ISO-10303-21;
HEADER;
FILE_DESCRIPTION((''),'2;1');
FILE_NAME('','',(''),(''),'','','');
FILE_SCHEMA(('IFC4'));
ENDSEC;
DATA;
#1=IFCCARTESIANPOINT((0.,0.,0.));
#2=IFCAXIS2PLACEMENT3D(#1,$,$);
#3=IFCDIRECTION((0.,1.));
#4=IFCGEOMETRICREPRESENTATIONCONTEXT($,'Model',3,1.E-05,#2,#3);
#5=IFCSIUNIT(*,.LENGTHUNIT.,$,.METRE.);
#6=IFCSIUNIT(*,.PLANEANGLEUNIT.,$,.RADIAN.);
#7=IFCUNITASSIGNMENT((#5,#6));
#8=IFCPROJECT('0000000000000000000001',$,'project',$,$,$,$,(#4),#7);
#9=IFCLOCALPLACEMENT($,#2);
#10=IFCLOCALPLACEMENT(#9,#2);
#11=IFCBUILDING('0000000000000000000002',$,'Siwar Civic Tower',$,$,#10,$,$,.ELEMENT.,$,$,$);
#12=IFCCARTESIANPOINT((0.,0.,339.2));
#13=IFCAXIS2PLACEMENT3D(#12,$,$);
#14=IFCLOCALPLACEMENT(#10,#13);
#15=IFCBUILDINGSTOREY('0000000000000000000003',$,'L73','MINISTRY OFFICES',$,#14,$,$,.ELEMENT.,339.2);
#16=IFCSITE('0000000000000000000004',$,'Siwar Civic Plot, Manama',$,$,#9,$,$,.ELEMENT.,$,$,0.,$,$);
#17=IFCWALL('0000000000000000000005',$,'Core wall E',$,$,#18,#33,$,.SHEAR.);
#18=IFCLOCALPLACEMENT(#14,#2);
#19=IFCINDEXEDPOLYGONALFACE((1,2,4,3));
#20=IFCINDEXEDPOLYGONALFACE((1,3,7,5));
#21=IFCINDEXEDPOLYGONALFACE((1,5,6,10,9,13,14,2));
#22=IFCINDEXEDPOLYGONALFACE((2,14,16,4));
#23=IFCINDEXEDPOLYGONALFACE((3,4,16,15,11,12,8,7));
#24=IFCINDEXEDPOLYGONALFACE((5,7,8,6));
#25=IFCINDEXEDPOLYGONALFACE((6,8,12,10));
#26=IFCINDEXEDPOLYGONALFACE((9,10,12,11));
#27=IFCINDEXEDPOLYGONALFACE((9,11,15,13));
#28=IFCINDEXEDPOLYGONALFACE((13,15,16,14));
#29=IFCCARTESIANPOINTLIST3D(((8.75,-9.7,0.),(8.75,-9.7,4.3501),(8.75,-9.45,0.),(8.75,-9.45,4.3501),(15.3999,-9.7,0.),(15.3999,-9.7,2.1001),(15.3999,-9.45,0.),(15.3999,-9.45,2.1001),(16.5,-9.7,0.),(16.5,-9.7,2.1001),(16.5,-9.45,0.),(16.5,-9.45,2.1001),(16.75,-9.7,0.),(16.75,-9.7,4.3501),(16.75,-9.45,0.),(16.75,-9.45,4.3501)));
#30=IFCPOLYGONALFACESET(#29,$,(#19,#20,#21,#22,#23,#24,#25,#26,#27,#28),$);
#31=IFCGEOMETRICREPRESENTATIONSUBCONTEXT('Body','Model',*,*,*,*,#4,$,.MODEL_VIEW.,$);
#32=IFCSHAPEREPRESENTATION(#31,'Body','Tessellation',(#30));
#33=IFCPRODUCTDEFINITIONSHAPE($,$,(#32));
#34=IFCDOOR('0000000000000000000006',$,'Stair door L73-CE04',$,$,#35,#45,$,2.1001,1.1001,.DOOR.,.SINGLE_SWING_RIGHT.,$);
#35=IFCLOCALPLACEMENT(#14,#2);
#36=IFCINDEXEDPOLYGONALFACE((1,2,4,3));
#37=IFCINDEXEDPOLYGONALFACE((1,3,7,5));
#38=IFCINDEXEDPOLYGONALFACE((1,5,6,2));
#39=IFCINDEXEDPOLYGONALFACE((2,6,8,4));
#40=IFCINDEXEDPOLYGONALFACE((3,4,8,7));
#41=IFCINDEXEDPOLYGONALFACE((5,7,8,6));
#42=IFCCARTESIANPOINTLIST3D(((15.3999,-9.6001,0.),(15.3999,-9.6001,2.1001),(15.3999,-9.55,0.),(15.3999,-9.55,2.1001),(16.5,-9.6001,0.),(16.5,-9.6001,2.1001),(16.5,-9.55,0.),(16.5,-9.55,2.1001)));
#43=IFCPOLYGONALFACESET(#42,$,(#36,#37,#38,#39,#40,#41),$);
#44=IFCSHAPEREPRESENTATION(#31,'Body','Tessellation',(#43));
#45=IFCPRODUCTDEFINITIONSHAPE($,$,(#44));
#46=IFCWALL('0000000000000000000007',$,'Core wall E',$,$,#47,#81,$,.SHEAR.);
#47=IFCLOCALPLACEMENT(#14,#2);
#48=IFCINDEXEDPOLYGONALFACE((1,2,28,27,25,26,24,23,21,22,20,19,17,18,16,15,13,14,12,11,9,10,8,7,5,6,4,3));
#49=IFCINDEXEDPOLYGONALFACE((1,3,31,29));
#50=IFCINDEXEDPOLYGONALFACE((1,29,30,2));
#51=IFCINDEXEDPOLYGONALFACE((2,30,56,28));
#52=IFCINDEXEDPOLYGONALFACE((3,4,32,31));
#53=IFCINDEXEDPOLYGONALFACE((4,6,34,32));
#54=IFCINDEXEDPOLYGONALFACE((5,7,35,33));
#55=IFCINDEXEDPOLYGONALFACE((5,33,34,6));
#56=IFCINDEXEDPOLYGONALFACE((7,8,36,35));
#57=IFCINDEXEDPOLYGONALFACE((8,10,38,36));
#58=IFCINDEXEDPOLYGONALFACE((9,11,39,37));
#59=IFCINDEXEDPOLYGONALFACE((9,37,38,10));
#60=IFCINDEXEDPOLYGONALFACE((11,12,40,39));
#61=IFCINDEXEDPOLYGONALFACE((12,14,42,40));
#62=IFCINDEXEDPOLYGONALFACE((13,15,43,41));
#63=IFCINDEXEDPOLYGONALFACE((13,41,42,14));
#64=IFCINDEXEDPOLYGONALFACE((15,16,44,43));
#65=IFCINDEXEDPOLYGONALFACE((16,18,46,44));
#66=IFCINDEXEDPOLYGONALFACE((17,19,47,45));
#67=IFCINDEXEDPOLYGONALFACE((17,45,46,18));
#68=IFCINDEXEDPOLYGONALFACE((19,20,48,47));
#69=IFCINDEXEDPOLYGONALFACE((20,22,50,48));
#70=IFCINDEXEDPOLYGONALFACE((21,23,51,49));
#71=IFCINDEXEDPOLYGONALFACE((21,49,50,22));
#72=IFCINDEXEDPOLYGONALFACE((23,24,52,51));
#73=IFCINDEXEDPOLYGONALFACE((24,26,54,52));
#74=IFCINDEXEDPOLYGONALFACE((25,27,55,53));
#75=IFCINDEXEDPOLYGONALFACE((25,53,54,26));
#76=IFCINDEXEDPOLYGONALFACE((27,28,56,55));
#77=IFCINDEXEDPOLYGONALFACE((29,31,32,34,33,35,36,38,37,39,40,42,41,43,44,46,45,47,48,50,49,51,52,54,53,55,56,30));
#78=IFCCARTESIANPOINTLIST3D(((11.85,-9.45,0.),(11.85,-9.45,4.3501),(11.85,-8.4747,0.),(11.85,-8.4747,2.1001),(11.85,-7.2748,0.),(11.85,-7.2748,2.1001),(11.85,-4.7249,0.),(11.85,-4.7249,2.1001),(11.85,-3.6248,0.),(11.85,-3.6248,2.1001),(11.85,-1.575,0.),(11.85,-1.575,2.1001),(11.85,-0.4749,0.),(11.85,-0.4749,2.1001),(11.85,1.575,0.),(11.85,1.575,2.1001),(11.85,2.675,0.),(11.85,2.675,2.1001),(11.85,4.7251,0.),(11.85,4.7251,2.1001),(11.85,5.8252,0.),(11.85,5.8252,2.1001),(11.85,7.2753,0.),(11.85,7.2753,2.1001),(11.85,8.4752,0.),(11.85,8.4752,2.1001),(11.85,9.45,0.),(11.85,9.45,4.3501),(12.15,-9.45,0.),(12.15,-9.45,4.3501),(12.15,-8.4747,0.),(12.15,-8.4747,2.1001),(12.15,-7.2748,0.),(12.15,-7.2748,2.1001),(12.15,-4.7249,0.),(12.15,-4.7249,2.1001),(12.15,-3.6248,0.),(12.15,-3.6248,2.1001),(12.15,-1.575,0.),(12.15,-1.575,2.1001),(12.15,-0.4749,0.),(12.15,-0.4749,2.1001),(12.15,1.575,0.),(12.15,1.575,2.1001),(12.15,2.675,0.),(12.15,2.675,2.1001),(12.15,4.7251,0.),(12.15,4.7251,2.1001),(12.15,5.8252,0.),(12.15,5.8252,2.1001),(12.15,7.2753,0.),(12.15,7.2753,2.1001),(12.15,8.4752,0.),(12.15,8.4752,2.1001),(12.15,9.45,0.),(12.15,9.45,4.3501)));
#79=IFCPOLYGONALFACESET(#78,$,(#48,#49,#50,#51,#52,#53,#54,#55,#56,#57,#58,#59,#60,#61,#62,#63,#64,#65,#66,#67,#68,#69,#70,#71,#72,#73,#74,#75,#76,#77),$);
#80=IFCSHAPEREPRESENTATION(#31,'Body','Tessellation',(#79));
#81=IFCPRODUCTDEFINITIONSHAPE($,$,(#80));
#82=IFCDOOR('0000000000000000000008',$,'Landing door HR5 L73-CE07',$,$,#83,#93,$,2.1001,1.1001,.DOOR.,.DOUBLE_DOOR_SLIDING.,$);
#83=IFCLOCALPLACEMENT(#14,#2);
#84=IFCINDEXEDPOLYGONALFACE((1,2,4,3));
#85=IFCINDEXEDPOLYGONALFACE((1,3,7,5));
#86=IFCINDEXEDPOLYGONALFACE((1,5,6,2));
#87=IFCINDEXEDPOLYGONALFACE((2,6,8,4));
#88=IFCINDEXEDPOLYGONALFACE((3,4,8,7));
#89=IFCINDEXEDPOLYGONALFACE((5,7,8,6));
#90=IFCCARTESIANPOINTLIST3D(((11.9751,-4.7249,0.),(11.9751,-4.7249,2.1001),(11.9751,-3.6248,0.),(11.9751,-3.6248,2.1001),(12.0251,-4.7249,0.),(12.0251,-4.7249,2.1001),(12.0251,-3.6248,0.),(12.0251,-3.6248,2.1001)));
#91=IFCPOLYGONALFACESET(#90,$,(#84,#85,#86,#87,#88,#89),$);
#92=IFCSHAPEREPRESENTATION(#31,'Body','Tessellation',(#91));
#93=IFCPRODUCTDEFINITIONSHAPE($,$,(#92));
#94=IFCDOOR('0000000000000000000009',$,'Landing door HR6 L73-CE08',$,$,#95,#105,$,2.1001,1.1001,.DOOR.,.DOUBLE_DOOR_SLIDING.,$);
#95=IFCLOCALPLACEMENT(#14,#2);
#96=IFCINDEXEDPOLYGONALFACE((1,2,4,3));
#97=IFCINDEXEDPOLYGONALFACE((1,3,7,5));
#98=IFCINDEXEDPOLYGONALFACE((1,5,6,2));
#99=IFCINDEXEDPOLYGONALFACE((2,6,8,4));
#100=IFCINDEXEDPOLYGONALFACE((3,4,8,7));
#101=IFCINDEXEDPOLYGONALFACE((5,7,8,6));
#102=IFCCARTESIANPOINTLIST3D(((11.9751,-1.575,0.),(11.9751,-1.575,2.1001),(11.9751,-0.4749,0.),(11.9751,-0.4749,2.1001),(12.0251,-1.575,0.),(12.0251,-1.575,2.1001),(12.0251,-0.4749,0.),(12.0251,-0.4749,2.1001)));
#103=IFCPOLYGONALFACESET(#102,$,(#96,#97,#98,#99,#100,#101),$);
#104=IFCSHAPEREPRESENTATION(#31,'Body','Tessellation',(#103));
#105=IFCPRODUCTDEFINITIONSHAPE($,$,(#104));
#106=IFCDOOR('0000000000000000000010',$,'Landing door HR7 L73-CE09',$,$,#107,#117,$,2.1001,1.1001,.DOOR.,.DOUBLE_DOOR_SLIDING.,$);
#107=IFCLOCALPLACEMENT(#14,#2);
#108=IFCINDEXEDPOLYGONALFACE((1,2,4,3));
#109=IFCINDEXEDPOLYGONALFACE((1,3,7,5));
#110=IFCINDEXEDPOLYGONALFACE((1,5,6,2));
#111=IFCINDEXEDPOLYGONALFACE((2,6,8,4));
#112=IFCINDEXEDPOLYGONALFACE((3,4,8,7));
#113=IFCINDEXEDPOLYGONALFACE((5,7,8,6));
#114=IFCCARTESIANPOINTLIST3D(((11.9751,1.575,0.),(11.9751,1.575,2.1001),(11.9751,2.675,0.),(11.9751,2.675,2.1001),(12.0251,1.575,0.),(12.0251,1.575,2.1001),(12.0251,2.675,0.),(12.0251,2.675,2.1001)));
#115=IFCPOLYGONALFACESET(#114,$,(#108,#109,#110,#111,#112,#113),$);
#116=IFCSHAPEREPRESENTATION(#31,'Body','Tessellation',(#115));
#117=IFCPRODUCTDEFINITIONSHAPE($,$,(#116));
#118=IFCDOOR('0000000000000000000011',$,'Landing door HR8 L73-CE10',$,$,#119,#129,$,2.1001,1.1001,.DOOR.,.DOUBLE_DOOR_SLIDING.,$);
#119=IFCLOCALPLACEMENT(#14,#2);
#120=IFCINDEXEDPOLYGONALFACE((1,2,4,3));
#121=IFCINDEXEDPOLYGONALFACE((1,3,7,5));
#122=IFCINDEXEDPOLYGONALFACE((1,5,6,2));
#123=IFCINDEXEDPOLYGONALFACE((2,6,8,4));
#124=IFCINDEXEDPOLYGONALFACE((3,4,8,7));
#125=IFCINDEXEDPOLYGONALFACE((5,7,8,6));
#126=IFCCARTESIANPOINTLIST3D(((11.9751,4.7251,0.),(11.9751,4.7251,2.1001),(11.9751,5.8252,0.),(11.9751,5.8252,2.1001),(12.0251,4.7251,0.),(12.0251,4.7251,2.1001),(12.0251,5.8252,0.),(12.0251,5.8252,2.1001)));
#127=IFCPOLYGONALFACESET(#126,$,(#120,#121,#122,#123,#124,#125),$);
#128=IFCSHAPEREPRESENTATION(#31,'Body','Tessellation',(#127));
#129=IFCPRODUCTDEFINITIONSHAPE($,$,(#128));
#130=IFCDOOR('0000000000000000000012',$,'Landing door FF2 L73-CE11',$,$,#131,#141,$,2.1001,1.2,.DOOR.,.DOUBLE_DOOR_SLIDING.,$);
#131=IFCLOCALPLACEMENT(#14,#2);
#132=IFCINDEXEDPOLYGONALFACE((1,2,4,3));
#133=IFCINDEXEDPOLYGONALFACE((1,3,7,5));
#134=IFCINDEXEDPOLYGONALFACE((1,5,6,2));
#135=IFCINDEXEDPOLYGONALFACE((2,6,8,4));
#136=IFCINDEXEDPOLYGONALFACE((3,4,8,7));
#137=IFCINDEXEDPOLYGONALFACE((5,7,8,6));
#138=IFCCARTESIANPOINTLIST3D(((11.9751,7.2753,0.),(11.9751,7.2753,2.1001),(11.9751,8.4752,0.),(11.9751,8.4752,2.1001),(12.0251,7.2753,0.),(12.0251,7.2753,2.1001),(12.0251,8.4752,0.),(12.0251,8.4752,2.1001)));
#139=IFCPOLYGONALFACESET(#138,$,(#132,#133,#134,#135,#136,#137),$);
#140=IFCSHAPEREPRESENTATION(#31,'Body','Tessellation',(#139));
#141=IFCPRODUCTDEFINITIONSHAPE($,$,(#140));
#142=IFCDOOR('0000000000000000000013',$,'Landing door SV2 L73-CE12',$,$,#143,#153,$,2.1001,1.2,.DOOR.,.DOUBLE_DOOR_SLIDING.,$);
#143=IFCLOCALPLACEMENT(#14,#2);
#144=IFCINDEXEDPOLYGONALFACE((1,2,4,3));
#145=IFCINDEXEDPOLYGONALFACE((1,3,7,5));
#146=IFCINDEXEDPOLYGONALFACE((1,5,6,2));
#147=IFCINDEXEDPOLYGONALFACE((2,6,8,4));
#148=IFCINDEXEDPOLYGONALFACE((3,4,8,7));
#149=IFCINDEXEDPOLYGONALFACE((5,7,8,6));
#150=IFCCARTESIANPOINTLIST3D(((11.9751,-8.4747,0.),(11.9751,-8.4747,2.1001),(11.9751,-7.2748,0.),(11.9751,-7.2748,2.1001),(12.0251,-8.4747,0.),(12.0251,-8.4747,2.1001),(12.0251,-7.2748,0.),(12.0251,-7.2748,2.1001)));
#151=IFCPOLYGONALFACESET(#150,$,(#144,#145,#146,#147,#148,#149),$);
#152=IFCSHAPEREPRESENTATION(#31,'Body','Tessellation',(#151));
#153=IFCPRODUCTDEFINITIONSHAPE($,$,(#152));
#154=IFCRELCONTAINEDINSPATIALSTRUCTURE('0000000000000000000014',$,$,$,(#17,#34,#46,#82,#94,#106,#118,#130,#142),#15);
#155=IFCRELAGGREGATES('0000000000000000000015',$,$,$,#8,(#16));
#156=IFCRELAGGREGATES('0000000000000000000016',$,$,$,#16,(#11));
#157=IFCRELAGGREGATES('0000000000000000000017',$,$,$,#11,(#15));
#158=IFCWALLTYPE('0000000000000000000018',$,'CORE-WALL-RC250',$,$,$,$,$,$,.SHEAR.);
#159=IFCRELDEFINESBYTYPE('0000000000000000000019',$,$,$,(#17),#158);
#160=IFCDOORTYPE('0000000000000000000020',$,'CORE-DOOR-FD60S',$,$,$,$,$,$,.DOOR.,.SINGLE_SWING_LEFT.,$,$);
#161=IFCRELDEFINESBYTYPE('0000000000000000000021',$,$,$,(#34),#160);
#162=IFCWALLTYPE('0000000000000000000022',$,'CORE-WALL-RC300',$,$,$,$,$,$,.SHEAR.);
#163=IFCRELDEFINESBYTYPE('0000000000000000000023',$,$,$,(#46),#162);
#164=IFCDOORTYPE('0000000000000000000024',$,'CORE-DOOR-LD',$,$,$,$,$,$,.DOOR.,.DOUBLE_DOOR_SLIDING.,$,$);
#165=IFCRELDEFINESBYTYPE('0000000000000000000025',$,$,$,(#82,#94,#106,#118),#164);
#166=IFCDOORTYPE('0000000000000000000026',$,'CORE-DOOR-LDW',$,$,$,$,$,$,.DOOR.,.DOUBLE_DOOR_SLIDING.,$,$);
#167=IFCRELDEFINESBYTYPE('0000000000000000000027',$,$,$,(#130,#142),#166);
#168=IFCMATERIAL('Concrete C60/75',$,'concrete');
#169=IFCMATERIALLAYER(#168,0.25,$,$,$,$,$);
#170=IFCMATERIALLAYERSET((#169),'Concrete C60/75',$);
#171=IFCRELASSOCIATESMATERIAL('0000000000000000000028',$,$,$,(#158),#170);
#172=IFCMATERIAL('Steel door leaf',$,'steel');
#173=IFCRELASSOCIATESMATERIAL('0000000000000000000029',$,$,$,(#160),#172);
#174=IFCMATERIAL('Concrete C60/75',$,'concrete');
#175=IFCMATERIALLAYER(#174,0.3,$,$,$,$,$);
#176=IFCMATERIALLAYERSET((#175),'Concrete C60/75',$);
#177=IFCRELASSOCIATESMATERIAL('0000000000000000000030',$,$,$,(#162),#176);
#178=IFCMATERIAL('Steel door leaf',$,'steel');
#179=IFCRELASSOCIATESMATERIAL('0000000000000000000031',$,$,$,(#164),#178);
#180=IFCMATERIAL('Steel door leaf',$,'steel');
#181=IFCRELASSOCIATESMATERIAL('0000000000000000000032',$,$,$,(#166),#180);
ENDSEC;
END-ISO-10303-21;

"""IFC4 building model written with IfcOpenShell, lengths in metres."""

from ifc_helpers import new_model, si_unit, direction, frame, frame_2d, origin, place, context, subcontext, project, spatial, rectangle, extrude, material, layer, layer_set, type_object, element, fill, save


model = new_model("IFC4")

# Units and contexts
model_context = context("Model", 3, precision=1e-05, world=origin(), true_north=direction((0.0, 1.0)))
body_context = subcontext(model_context, "Body", "Model", "MODEL_VIEW")
ifc_project = project(units=[si_unit("LENGTHUNIT", "METRE"), si_unit("PLANEANGLEUNIT", "RADIAN")], contexts=[model_context])

# Site, building, storey
site_placement = place(None, origin())
site = spatial("IfcSite", under=ifc_project, at=site_placement, Name="Siwar Civic Plot, Manama", CompositionType="ELEMENT", RefElevation=0.0)
building_placement = place(site_placement, origin())
building = spatial("IfcBuilding", under=site, at=building_placement, Name="Siwar Civic Tower", CompositionType="ELEMENT")
storey_placement = place(building_placement, frame((0.0, 0.0, 339.2)))
storey = spatial("IfcBuildingStorey", under=building, at=storey_placement, Name="L73", Description="MINISTRY OFFICES", CompositionType="ELEMENT", Elevation=339.2)

# Shared definitions
ifc_material_1 = material(Name="Concrete C60/75", Category="concrete")
ifc_layer_1 = layer(ifc_material_1, 0.25)
ifc_layer_set_1 = layer_set([ifc_layer_1], Name="Concrete C60/75")
wall_type_1 = type_object("IfcWallType", Name="CORE-WALL-RC250", PredefinedType="SHEAR", material=ifc_layer_set_1)

# Wall, opening, door
wall_1_placement = place(storey_placement, frame((8.75, -9.575, 0.0), z_axis=(0.0, 0.0, 1.0), x_axis=(1.0, 0.0, 0.0)))
wall_1 = element("IfcWall", 1, at=wall_1_placement, inside=storey, type_object=wall_type_1, Name="Core wall E", PredefinedType="SHEAR", context=body_context, shape_type="SweptSolid", body=[
    extrude(rectangle(XDim=8.0, YDim=0.25, at=frame_2d((4.0, 0.0))), origin(), (0.0, 0.0, 1.0), 4.3501),
])
opening_1_placement = place(wall_1_placement, frame((6.6499, 0.0, 0.0)))
opening_1 = element("IfcOpeningElement", 2, at=opening_1_placement, cuts=wall_1, PredefinedType="OPENING", context=body_context, shape_type="SweptSolid", body=[
    extrude(rectangle(XDim=1.1001, YDim=2.1001, at=frame_2d((0.55, 1.05))), frame((0.0, 0.135, 0.0), z_axis=(0.0, -1.0, 0.0), x_axis=(1.0, 0.0, 0.0)), (0.0, 0.0, 1.0), 0.27),
])
ifc_material_2 = material(Name="Steel door leaf", Category="steel")
door_type_1 = type_object("IfcDoorType", Name="CORE-DOOR-FD60S", OperationType="SINGLE_SWING_LEFT", PredefinedType="DOOR", material=ifc_material_2)
door_1_placement = place(opening_1_placement, origin())
door_1 = element("IfcDoor", 3, at=door_1_placement, inside=storey, type_object=door_type_1, Name="Stair door L73-CE04", OperationType="SINGLE_SWING_RIGHT", OverallHeight=2.1001, OverallWidth=1.1001, PredefinedType="DOOR", context=body_context, shape_type="SweptSolid", body=[
    extrude(rectangle(XDim=1.1001, YDim=2.1001, at=frame_2d((0.55, 1.05))), frame((0.0, 0.0249, 0.0), z_axis=(0.0, -1.0, 0.0), x_axis=(1.0, 0.0, 0.0)), (0.0, 0.0, 1.0), 0.05),
])
fill(opening_1, door_1)

# Wall, openings, doors
ifc_material_3 = material(Name="Concrete C60/75", Category="concrete")
ifc_layer_2 = layer(ifc_material_3, 0.3)
ifc_layer_set_2 = layer_set([ifc_layer_2], Name="Concrete C60/75")
wall_type_2 = type_object("IfcWallType", Name="CORE-WALL-RC300", PredefinedType="SHEAR", material=ifc_layer_set_2)
wall_2_placement = place(storey_placement, frame((12.0, -9.45, 0.0), z_axis=(0.0, 0.0, 1.0), x_axis=(0.0, 1.0, 0.0)))
wall_2 = element("IfcWall", 4, at=wall_2_placement, inside=storey, type_object=wall_type_2, Name="Core wall E", PredefinedType="SHEAR", context=body_context, shape_type="SweptSolid", body=[
    extrude(rectangle(XDim=18.8999, YDim=0.3, at=frame_2d((9.45, 0.0))), origin(), (0.0, 0.0, 1.0), 4.3501),
])
opening_2_placement = place(wall_2_placement, frame((4.7251, 0.0, 0.0)))
opening_2 = element("IfcOpeningElement", 5, at=opening_2_placement, cuts=wall_2, PredefinedType="OPENING", context=body_context, shape_type="SweptSolid", body=[
    extrude(rectangle(XDim=1.1001, YDim=2.1001, at=frame_2d((0.55, 1.05))), frame((0.0, 0.1602, 0.0), z_axis=(0.0, -1.0, 0.0), x_axis=(1.0, 0.0, 0.0)), (0.0, 0.0, 1.0), 0.3201),
])
opening_3_placement = place(wall_2_placement, frame((7.875, 0.0, 0.0)))
opening_3 = element("IfcOpeningElement", 6, at=opening_3_placement, cuts=wall_2, PredefinedType="OPENING", context=body_context, shape_type="SweptSolid", body=[
    extrude(rectangle(XDim=1.1001, YDim=2.1001, at=frame_2d((0.55, 1.05))), frame((0.0, 0.1602, 0.0), z_axis=(0.0, -1.0, 0.0), x_axis=(1.0, 0.0, 0.0)), (0.0, 0.0, 1.0), 0.3201),
])
opening_4_placement = place(wall_2_placement, frame((11.0249, 0.0, 0.0)))
opening_4 = element("IfcOpeningElement", 7, at=opening_4_placement, cuts=wall_2, PredefinedType="OPENING", context=body_context, shape_type="SweptSolid", body=[
    extrude(rectangle(XDim=1.1001, YDim=2.1001, at=frame_2d((0.55, 1.05))), frame((0.0, 0.1602, 0.0), z_axis=(0.0, -1.0, 0.0), x_axis=(1.0, 0.0, 0.0)), (0.0, 0.0, 1.0), 0.3201),
])
opening_5_placement = place(wall_2_placement, frame((14.175, 0.0, 0.0)))
opening_5 = element("IfcOpeningElement", 8, at=opening_5_placement, cuts=wall_2, PredefinedType="OPENING", context=body_context, shape_type="SweptSolid", body=[
    extrude(rectangle(XDim=1.1001, YDim=2.1001, at=frame_2d((0.55, 1.05))), frame((0.0, 0.1602, 0.0), z_axis=(0.0, -1.0, 0.0), x_axis=(1.0, 0.0, 0.0)), (0.0, 0.0, 1.0), 0.3201),
])
opening_6_placement = place(wall_2_placement, frame((16.7251, 0.0, 0.0)))
opening_6 = element("IfcOpeningElement", 9, at=opening_6_placement, cuts=wall_2, PredefinedType="OPENING", context=body_context, shape_type="SweptSolid", body=[
    extrude(rectangle(XDim=1.2, YDim=2.1001, at=frame_2d((0.6001, 1.05))), frame((0.0, 0.1602, 0.0), z_axis=(0.0, -1.0, 0.0), x_axis=(1.0, 0.0, 0.0)), (0.0, 0.0, 1.0), 0.3201),
])
opening_7_placement = place(wall_2_placement, frame((0.9751, 0.0, 0.0)))
opening_7 = element("IfcOpeningElement", 10, at=opening_7_placement, cuts=wall_2, PredefinedType="OPENING", context=body_context, shape_type="SweptSolid", body=[
    extrude(rectangle(XDim=1.2, YDim=2.1001, at=frame_2d((0.6001, 1.05))), frame((0.0, 0.1602, 0.0), z_axis=(0.0, -1.0, 0.0), x_axis=(1.0, 0.0, 0.0)), (0.0, 0.0, 1.0), 0.3201),
])
ifc_material_4 = material(Name="Steel door leaf", Category="steel")
door_type_2 = type_object("IfcDoorType", Name="CORE-DOOR-LD", OperationType="DOUBLE_DOOR_SLIDING", PredefinedType="DOOR", material=ifc_material_4)
door_2_placement = place(opening_2_placement, origin())
door_2 = element("IfcDoor", 11, at=door_2_placement, inside=storey, type_object=door_type_2, Name="Landing door HR5 L73-CE07", OperationType="DOUBLE_DOOR_SLIDING", OverallHeight=2.1001, OverallWidth=1.1001, PredefinedType="DOOR", context=body_context, shape_type="SweptSolid", body=[
    extrude(rectangle(XDim=1.1001, YDim=2.1001, at=frame_2d((0.55, 1.05))), frame((0.0, 0.0249, 0.0), z_axis=(0.0, -1.0, 0.0), x_axis=(1.0, 0.0, 0.0)), (0.0, 0.0, 1.0), 0.05),
])
fill(opening_2, door_2)
door_3_placement = place(opening_3_placement, origin())
door_3 = element("IfcDoor", 12, at=door_3_placement, inside=storey, type_object=door_type_2, Name="Landing door HR6 L73-CE08", OperationType="DOUBLE_DOOR_SLIDING", OverallHeight=2.1001, OverallWidth=1.1001, PredefinedType="DOOR", context=body_context, shape_type="SweptSolid", body=[
    extrude(rectangle(XDim=1.1001, YDim=2.1001, at=frame_2d((0.55, 1.05))), frame((0.0, 0.0249, 0.0), z_axis=(0.0, -1.0, 0.0), x_axis=(1.0, 0.0, 0.0)), (0.0, 0.0, 1.0), 0.05),
])
fill(opening_3, door_3)
door_4_placement = place(opening_4_placement, origin())
door_4 = element("IfcDoor", 13, at=door_4_placement, inside=storey, type_object=door_type_2, Name="Landing door HR7 L73-CE09", OperationType="DOUBLE_DOOR_SLIDING", OverallHeight=2.1001, OverallWidth=1.1001, PredefinedType="DOOR", context=body_context, shape_type="SweptSolid", body=[
    extrude(rectangle(XDim=1.1001, YDim=2.1001, at=frame_2d((0.55, 1.05))), frame((0.0, 0.0249, 0.0), z_axis=(0.0, -1.0, 0.0), x_axis=(1.0, 0.0, 0.0)), (0.0, 0.0, 1.0), 0.05),
])
fill(opening_4, door_4)
door_5_placement = place(opening_5_placement, origin())
door_5 = element("IfcDoor", 14, at=door_5_placement, inside=storey, type_object=door_type_2, Name="Landing door HR8 L73-CE10", OperationType="DOUBLE_DOOR_SLIDING", OverallHeight=2.1001, OverallWidth=1.1001, PredefinedType="DOOR", context=body_context, shape_type="SweptSolid", body=[
    extrude(rectangle(XDim=1.1001, YDim=2.1001, at=frame_2d((0.55, 1.05))), frame((0.0, 0.0249, 0.0), z_axis=(0.0, -1.0, 0.0), x_axis=(1.0, 0.0, 0.0)), (0.0, 0.0, 1.0), 0.05),
])
fill(opening_5, door_5)
ifc_material_5 = material(Name="Steel door leaf", Category="steel")
door_type_3 = type_object("IfcDoorType", Name="CORE-DOOR-LDW", OperationType="DOUBLE_DOOR_SLIDING", PredefinedType="DOOR", material=ifc_material_5)
door_6_placement = place(opening_6_placement, origin())
door_6 = element("IfcDoor", 15, at=door_6_placement, inside=storey, type_object=door_type_3, Name="Landing door FF2 L73-CE11", OperationType="DOUBLE_DOOR_SLIDING", OverallHeight=2.1001, OverallWidth=1.2, PredefinedType="DOOR", context=body_context, shape_type="SweptSolid", body=[
    extrude(rectangle(XDim=1.2, YDim=2.1001, at=frame_2d((0.6001, 1.05))), frame((0.0, 0.0249, 0.0), z_axis=(0.0, -1.0, 0.0), x_axis=(1.0, 0.0, 0.0)), (0.0, 0.0, 1.0), 0.05),
])
fill(opening_6, door_6)
door_7_placement = place(opening_7_placement, origin())
door_7 = element("IfcDoor", 16, at=door_7_placement, inside=storey, type_object=door_type_3, Name="Landing door SV2 L73-CE12", OperationType="DOUBLE_DOOR_SLIDING", OverallHeight=2.1001, OverallWidth=1.2, PredefinedType="DOOR", context=body_context, shape_type="SweptSolid", body=[
    extrude(rectangle(XDim=1.2, YDim=2.1001, at=frame_2d((0.6001, 1.05))), frame((0.0, 0.0249, 0.0), z_axis=(0.0, -1.0, 0.0), x_axis=(1.0, 0.0, 0.0)), (0.0, 0.0, 1.0), 0.05),
])
fill(opening_7, door_7)

save(model, "model.ifc")
